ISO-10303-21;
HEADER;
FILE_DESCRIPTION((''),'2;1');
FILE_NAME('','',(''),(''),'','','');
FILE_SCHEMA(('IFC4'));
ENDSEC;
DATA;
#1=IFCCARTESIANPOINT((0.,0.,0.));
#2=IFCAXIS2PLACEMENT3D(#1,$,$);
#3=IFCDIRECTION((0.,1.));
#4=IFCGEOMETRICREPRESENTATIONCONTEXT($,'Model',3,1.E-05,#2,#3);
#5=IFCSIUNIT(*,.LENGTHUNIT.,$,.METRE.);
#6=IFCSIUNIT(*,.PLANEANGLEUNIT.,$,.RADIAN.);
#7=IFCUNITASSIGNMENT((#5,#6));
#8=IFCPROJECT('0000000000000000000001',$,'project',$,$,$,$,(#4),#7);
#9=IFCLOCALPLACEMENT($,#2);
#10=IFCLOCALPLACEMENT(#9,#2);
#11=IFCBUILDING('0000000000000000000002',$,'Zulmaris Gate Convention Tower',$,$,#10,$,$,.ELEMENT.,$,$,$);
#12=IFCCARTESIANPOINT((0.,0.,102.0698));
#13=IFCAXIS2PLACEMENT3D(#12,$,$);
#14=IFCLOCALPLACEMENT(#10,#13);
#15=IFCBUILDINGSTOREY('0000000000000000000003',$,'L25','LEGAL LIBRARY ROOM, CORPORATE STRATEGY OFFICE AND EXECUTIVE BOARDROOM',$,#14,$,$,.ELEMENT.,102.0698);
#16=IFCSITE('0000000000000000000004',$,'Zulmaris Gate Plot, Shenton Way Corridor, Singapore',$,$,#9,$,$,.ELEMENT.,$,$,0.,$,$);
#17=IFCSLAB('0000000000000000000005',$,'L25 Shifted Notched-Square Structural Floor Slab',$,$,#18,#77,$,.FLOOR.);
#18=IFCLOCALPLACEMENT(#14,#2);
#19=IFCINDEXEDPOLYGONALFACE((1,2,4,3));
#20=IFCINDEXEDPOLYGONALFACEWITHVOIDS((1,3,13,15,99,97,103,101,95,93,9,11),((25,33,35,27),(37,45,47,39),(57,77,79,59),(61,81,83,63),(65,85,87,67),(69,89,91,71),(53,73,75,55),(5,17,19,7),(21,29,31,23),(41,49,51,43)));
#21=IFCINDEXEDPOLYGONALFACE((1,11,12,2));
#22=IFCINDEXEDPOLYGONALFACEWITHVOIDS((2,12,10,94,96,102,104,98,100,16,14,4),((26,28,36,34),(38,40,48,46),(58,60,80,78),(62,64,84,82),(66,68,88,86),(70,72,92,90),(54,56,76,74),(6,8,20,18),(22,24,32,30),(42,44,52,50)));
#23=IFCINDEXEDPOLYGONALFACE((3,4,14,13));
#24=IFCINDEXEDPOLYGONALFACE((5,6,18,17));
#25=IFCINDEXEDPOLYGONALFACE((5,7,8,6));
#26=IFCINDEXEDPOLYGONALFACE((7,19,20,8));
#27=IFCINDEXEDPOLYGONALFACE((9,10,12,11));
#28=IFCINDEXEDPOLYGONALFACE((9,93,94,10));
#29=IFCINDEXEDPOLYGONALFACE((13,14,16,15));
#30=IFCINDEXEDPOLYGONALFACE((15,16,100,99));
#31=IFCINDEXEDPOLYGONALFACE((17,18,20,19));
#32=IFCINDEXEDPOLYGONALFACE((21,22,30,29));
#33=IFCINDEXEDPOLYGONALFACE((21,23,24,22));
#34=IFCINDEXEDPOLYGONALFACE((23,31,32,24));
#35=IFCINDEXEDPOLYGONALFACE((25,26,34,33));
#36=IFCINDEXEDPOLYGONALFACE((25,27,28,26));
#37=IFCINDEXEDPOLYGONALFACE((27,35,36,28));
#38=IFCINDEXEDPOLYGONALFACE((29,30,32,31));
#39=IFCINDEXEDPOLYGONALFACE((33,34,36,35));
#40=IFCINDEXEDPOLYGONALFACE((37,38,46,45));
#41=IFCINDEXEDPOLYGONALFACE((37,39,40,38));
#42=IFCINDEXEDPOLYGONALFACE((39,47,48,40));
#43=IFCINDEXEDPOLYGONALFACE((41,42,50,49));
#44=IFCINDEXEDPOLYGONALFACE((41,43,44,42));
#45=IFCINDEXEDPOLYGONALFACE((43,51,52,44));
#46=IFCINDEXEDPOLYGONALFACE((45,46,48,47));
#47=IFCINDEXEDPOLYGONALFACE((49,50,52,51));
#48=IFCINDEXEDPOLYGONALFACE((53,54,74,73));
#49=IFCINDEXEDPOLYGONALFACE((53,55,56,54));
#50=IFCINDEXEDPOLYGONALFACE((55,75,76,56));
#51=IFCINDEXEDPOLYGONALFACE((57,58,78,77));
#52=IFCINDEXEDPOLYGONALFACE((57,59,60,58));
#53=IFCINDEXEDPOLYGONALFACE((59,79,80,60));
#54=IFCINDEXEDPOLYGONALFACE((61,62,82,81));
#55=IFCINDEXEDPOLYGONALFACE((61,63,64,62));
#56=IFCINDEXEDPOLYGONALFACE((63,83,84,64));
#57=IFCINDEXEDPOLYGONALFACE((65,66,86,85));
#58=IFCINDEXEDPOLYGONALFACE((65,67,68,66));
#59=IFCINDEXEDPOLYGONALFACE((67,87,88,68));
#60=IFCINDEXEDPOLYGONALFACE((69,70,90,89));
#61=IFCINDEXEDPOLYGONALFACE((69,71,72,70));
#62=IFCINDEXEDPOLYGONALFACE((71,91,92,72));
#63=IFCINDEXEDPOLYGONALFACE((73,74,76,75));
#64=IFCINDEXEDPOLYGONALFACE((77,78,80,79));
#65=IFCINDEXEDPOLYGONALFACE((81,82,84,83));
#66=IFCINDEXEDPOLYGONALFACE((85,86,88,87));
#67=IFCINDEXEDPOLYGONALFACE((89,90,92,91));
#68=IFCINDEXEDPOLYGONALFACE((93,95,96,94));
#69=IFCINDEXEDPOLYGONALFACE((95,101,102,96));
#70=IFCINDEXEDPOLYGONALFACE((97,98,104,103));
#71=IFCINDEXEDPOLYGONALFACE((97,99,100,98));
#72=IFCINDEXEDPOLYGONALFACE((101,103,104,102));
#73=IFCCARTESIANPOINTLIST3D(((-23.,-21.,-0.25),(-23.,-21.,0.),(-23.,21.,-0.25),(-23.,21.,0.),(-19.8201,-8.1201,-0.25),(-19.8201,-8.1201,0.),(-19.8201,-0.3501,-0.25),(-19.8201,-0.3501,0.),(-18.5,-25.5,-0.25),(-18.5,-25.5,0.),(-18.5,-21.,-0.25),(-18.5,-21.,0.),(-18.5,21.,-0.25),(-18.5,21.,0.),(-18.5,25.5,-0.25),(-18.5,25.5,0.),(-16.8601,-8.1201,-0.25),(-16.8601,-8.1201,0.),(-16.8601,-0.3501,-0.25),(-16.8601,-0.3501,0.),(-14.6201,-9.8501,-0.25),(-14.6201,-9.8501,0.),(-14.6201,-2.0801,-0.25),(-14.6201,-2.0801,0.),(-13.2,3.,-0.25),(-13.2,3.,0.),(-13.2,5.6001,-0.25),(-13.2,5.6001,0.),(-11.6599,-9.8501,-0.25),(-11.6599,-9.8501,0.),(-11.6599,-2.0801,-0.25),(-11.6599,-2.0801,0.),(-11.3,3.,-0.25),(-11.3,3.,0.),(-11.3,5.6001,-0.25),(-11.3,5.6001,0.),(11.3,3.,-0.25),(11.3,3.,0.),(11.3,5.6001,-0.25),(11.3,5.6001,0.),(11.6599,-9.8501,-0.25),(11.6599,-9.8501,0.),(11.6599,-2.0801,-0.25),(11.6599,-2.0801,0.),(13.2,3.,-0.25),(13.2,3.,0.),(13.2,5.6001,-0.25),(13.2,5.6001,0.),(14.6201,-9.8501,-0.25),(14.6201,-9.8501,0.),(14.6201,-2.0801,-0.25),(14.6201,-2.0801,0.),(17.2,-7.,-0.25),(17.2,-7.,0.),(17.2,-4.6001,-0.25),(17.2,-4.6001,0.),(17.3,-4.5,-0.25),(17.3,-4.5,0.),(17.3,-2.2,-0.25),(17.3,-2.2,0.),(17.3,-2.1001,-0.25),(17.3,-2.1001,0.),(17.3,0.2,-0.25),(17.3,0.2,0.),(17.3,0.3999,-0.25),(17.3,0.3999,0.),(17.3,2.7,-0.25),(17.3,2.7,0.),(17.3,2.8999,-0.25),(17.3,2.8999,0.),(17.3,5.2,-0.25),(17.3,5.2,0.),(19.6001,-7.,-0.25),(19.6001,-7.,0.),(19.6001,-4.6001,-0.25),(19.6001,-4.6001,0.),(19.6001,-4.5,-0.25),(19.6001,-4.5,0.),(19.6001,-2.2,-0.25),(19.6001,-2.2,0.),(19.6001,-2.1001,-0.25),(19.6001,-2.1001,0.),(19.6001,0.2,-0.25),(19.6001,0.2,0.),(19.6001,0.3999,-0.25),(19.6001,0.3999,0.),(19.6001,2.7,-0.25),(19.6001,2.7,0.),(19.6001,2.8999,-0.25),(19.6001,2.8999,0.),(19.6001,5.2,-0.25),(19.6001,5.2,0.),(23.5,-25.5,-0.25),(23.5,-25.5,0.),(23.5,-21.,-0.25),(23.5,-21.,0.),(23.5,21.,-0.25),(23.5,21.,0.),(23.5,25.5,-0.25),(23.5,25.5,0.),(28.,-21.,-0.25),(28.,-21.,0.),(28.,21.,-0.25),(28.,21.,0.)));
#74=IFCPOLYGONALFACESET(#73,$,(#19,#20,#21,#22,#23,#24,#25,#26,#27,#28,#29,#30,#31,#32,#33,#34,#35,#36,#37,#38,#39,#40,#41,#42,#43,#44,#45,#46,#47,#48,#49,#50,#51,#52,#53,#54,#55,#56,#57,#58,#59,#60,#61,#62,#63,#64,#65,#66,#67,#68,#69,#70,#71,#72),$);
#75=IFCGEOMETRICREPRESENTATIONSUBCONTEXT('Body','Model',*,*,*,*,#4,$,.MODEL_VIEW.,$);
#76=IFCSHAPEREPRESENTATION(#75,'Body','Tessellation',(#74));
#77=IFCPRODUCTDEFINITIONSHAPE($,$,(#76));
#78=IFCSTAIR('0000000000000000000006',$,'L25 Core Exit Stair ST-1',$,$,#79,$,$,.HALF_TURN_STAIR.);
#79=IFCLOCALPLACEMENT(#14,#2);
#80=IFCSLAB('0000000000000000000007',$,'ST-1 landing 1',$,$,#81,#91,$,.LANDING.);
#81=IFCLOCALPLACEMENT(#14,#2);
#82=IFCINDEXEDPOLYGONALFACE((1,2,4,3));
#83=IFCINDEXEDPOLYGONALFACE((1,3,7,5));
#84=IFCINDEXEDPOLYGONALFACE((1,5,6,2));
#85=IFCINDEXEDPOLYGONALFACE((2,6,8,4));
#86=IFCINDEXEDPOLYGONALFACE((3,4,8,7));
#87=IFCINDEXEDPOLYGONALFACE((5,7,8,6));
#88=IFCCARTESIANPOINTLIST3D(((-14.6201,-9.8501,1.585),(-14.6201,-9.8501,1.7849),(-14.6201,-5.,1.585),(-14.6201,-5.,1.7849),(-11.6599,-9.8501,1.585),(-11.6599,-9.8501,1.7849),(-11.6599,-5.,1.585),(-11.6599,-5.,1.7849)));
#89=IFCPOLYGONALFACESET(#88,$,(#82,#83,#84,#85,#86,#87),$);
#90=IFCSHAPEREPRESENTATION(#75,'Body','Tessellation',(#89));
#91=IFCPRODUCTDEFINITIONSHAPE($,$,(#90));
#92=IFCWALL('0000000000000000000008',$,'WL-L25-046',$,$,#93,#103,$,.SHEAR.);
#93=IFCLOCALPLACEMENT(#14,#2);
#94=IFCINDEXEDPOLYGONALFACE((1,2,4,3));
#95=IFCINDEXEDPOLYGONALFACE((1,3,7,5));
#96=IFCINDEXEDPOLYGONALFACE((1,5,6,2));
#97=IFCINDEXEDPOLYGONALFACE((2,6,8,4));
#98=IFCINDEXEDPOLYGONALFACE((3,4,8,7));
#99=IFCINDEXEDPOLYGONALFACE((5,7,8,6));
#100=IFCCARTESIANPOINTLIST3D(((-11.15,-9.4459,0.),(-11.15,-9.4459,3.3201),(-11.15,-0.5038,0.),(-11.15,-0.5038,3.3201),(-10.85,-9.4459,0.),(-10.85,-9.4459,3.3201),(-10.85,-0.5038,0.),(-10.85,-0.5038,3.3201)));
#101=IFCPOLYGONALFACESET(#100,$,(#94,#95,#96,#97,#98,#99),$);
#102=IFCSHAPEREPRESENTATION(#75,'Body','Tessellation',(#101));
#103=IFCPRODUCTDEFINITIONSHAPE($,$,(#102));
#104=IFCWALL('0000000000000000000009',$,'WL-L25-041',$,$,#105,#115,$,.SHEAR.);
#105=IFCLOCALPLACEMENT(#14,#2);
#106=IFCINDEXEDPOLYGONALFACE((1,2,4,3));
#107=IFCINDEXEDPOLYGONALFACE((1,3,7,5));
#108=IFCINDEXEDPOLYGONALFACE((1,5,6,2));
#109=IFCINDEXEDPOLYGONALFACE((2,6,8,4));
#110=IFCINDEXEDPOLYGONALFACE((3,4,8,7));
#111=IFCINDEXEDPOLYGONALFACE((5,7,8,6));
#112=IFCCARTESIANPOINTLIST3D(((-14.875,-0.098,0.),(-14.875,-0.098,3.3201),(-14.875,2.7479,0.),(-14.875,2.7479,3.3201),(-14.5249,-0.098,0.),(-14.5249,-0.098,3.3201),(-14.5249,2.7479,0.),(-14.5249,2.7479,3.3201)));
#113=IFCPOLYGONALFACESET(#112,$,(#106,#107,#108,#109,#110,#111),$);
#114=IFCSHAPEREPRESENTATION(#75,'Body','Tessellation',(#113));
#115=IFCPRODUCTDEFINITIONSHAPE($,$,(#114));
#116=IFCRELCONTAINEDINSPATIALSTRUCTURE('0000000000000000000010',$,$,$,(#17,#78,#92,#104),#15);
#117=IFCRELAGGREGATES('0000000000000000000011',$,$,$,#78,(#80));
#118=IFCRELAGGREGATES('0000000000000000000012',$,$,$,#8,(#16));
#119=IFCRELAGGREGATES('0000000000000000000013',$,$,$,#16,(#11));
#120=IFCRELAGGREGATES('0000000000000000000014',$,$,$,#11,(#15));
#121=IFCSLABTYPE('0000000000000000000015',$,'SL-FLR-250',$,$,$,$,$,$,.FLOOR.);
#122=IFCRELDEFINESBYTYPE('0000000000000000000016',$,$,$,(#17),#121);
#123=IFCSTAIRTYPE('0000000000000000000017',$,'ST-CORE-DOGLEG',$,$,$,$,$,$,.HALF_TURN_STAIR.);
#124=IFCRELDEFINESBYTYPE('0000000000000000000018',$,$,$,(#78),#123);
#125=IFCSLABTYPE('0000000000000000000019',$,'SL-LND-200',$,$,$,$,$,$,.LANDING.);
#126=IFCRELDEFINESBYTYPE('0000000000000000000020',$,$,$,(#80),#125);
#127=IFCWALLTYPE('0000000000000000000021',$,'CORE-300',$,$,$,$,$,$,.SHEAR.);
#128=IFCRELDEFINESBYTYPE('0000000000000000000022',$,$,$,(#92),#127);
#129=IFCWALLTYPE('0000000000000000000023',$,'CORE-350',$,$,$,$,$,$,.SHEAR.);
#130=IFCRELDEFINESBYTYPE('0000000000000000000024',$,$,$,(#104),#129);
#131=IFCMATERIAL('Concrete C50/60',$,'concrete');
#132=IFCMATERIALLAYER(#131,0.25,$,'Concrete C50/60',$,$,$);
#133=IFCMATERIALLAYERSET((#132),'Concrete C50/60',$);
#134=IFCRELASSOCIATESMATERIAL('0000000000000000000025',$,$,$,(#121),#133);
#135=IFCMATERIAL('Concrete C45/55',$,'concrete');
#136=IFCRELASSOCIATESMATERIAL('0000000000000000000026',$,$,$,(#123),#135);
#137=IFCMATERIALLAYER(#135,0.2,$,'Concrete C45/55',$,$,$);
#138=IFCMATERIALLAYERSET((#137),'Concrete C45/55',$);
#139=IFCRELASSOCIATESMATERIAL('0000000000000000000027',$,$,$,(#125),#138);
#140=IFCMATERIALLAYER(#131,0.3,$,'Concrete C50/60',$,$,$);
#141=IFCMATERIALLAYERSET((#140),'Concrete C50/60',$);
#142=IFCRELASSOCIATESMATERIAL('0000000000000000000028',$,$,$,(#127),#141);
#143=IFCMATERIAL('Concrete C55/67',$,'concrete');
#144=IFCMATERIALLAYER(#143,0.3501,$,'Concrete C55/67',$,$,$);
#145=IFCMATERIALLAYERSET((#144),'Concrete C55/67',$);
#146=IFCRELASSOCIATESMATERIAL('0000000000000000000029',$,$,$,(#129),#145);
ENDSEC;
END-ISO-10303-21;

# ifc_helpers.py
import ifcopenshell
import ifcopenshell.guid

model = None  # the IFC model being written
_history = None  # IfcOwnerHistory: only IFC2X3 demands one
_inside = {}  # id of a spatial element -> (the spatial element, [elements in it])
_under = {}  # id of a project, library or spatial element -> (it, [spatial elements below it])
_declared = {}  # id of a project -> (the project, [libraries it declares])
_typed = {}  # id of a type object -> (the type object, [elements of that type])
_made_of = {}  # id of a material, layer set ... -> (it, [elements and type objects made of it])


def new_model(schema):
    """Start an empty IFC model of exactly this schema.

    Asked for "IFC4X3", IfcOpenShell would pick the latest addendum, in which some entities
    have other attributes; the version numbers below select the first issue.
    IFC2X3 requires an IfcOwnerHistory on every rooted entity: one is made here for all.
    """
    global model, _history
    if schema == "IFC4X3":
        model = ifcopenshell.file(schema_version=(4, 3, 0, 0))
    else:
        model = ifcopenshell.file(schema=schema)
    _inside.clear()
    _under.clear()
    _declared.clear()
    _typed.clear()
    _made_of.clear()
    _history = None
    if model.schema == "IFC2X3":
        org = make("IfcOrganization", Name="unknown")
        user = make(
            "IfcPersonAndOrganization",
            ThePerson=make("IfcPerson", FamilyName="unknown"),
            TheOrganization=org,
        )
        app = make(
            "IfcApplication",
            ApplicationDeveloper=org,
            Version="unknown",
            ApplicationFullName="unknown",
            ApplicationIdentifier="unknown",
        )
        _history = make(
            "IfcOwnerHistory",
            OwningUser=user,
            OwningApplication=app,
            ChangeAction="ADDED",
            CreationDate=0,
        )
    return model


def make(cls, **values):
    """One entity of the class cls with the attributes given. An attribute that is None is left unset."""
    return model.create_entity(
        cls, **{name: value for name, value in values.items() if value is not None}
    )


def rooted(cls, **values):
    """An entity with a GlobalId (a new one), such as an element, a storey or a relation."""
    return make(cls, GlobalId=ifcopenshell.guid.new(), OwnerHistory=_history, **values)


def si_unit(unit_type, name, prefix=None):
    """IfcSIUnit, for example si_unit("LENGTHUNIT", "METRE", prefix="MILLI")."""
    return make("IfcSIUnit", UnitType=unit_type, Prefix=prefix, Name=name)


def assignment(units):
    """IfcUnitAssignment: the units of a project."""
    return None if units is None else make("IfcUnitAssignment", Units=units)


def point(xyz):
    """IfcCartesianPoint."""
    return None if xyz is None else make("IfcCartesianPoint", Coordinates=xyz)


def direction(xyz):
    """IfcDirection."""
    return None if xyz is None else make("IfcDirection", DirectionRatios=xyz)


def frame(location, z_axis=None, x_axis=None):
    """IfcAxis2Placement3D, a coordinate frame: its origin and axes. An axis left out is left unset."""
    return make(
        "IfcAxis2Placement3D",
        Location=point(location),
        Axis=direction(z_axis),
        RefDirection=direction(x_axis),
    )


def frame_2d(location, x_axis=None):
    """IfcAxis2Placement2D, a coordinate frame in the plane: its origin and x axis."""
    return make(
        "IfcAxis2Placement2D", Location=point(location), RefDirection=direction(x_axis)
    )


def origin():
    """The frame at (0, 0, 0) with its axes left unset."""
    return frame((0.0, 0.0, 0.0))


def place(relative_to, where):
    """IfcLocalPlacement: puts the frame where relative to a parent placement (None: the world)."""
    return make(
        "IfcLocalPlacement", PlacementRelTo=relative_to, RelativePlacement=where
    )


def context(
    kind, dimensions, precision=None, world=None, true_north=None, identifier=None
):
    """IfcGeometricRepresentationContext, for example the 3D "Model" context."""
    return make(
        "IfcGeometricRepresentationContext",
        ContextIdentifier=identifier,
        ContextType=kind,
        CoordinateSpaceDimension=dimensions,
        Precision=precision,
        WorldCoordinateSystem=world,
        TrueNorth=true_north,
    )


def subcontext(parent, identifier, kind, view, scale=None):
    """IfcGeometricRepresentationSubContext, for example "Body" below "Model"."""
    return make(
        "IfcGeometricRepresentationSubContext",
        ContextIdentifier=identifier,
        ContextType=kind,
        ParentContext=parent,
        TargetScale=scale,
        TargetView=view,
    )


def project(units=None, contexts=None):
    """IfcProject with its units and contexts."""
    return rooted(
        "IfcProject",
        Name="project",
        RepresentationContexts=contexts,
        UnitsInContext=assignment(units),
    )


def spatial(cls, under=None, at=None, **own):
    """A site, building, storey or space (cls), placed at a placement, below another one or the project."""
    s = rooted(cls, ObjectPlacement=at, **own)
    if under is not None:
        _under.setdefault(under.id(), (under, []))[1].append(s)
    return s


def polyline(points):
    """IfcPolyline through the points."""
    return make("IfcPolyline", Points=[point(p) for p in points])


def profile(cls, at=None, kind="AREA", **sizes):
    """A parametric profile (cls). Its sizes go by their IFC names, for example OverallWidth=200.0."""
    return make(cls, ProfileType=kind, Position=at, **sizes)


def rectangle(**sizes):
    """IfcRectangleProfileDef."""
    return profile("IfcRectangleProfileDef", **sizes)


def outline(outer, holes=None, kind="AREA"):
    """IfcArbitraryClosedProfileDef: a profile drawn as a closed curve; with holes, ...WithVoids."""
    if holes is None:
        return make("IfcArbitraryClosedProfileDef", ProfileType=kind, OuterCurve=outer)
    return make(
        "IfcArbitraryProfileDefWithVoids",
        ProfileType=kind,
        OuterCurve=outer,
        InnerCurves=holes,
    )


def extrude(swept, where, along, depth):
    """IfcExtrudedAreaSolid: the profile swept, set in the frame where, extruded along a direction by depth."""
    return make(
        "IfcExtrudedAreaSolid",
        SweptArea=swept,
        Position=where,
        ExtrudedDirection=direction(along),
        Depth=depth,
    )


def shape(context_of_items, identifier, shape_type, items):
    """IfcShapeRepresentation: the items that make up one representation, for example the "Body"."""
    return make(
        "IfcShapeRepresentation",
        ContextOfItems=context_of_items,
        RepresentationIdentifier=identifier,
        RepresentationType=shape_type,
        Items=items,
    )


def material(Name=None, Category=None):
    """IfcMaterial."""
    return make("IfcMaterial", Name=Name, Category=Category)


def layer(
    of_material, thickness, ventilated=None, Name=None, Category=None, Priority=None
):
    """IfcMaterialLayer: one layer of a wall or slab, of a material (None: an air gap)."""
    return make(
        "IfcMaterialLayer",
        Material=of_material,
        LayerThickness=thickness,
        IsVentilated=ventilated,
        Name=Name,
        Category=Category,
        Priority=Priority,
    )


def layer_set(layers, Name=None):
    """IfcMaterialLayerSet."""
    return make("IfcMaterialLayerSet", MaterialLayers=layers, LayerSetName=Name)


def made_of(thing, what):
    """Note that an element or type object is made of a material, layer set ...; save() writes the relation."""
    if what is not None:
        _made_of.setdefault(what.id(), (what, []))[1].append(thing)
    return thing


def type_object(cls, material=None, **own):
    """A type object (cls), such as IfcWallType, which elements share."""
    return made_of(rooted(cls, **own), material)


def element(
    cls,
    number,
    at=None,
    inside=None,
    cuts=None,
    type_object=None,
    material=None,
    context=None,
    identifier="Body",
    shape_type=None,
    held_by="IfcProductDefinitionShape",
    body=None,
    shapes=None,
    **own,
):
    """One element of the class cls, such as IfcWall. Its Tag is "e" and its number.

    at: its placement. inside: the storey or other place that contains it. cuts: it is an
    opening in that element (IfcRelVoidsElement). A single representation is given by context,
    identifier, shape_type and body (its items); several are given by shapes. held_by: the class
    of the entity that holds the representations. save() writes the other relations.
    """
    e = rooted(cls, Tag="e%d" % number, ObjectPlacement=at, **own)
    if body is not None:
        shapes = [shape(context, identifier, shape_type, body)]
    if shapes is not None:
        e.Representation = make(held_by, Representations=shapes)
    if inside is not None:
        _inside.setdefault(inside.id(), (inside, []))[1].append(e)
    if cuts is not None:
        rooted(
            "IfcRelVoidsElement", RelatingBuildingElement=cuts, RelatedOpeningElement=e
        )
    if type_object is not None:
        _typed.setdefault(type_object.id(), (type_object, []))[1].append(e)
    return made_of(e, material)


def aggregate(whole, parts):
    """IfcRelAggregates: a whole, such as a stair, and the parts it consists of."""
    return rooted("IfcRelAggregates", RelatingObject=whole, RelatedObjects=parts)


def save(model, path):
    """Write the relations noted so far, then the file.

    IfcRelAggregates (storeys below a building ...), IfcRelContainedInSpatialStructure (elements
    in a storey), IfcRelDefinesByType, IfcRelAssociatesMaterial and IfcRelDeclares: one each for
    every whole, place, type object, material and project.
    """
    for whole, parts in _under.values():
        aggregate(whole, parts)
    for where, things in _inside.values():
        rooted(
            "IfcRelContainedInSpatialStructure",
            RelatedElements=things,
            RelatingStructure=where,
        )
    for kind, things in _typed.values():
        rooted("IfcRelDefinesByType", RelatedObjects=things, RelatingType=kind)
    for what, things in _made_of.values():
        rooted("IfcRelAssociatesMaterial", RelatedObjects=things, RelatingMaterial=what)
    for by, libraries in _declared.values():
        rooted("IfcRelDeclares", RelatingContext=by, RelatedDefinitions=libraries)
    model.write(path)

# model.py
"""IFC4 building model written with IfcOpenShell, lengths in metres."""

from ifc_helpers import new_model, si_unit, direction, frame, frame_2d, origin, place, context, subcontext, project, spatial, polyline, rectangle, outline, extrude, material, layer, layer_set, type_object, element, aggregate, save


model = new_model("IFC4")

# Units and contexts
model_context = context("Model", 3, precision=1e-05, world=origin(), true_north=direction((0.0, 1.0)))
body_context = subcontext(model_context, "Body", "Model", "MODEL_VIEW")
ifc_project = project(units=[si_unit("LENGTHUNIT", "METRE"), si_unit("PLANEANGLEUNIT", "RADIAN")], contexts=[model_context])

# Site, building, storey
site_placement = place(None, origin())
site = spatial("IfcSite", under=ifc_project, at=site_placement, Name="Zulmaris Gate Plot, Shenton Way Corridor, Singapore", CompositionType="ELEMENT", RefElevation=0.0)
building_placement = place(site_placement, origin())
building = spatial("IfcBuilding", under=site, at=building_placement, Name="Zulmaris Gate Convention Tower", CompositionType="ELEMENT")
storey_placement = place(building_placement, frame((0.0, 0.0, 102.0698)))
storey = spatial("IfcBuildingStorey", under=building, at=storey_placement, Name="L25", Description="LEGAL LIBRARY ROOM, CORPORATE STRATEGY OFFICE AND EXECUTIVE BOARDROOM", CompositionType="ELEMENT", Elevation=102.0698)

# Slab
ifc_material_1 = material(Name="Concrete C50/60", Category="concrete")
ifc_layer_1 = layer(ifc_material_1, 0.25, Name="Concrete C50/60")
ifc_layer_set_1 = layer_set([ifc_layer_1], Name="Concrete C50/60")
slab_type_1 = type_object("IfcSlabType", Name="SL-FLR-250", PredefinedType="FLOOR", material=ifc_layer_set_1)
slab_1_placement = place(storey_placement, frame((0.0, 0.0, -0.25)))
element("IfcSlab", 1, at=slab_1_placement, inside=storey, type_object=slab_type_1, Name="L25 Shifted Notched-Square Structural Floor Slab", PredefinedType="FLOOR", context=body_context, shape_type="SweptSolid", body=[
    extrude(outline(polyline([(-18.5, -25.5), (23.5, -25.5), (23.5, -21.0), (28.0, -21.0), (28.0, 21.0), (23.5, 21.0), (23.5, 25.5), (-18.5, 25.5), (-18.5, 21.0), (-23.0, 21.0), (-23.0, -21.0), (-18.5, -21.0), (-18.5, -25.5)]), holes=[polyline([(-14.6201, -2.0801), (-14.6201, -9.8501), (-11.6599, -9.8501), (-11.6599, -2.0801), (-14.6201, -2.0801)]), polyline([(11.6599, -2.0801), (11.6599, -9.8501), (14.6201, -9.8501), (14.6201, -2.0801), (11.6599, -2.0801)]), polyline([(-16.8601, -8.1201), (-16.8601, -0.3501), (-19.8201, -0.3501), (-19.8201, -8.1201), (-16.8601, -8.1201)]), polyline([(-13.2, 3.0), (-11.3, 3.0), (-11.3, 5.6001), (-13.2, 5.6001), (-13.2, 3.0)]), polyline([(11.3, 3.0), (13.2, 3.0), (13.2, 5.6001), (11.3, 5.6001), (11.3, 3.0)]), polyline([(17.2, -7.0), (19.6001, -7.0), (19.6001, -4.6001), (17.2, -4.6001), (17.2, -7.0)]), polyline([(17.3, -4.5), (19.6001, -4.5), (19.6001, -2.2), (17.3, -2.2), (17.3, -4.5)]), polyline([(17.3, -2.1001), (19.6001, -2.1001), (19.6001, 0.2), (17.3, 0.2), (17.3, -2.1001)]), polyline([(17.3, 0.3999), (19.6001, 0.3999), (19.6001, 2.7), (17.3, 2.7), (17.3, 0.3999)]), polyline([(17.3, 2.8999), (19.6001, 2.8999), (19.6001, 5.2), (17.3, 5.2), (17.3, 2.8999)])]), origin(), (0.0, 0.0, 1.0), 0.25),
])

# Stair, slab
ifc_material_2 = material(Name="Concrete C45/55", Category="concrete")
stair_type = type_object("IfcStairType", Name="ST-CORE-DOGLEG", PredefinedType="HALF_TURN_STAIR", material=ifc_material_2)
stair_1_placement = place(storey_placement, origin())
stair_1 = element("IfcStair", 2, at=stair_1_placement, inside=storey, type_object=stair_type, Name="L25 Core Exit Stair ST-1", PredefinedType="HALF_TURN_STAIR")
ifc_layer_2 = layer(ifc_material_2, 0.2, Name="Concrete C45/55")
ifc_layer_set_2 = layer_set([ifc_layer_2], Name="Concrete C45/55")
slab_type_2 = type_object("IfcSlabType", Name="SL-LND-200", PredefinedType="LANDING", material=ifc_layer_set_2)
slab_2_placement = place(storey_placement, frame((0.0, 0.0, 1.585)))
slab_2 = element("IfcSlab", 3, at=slab_2_placement, type_object=slab_type_2, Name="ST-1 landing 1", PredefinedType="LANDING", context=body_context, shape_type="SweptSolid", body=[
    extrude(outline(polyline([(-14.6201, -5.0), (-14.6201, -9.8501), (-11.6599, -9.8501), (-11.6599, -5.0), (-14.6201, -5.0)])), origin(), (0.0, 0.0, 1.0), 0.2),
])

# Walls
ifc_layer_3 = layer(ifc_material_1, 0.3, Name="Concrete C50/60")
ifc_layer_set_3 = layer_set([ifc_layer_3], Name="Concrete C50/60")
wall_type_1 = type_object("IfcWallType", Name="CORE-300", PredefinedType="SHEAR", material=ifc_layer_set_3)
wall_1_placement = place(storey_placement, frame((-11.0, -9.446, 0.0), z_axis=(0.0, 0.0, 1.0), x_axis=(0.0, 1.0, 0.0)))
element("IfcWall", 4, at=wall_1_placement, inside=storey, type_object=wall_type_1, Name="WL-L25-046", PredefinedType="SHEAR", context=body_context, shape_type="SweptSolid", body=[
    extrude(rectangle(XDim=8.9421, YDim=0.3, at=frame_2d((4.4712, 0.0))), origin(), (0.0, 0.0, 1.0), 3.3201),
])
ifc_material_3 = material(Name="Concrete C55/67", Category="concrete")
ifc_layer_4 = layer(ifc_material_3, 0.3501, Name="Concrete C55/67")
ifc_layer_set_4 = layer_set([ifc_layer_4], Name="Concrete C55/67")
wall_type_2 = type_object("IfcWallType", Name="CORE-350", PredefinedType="SHEAR", material=ifc_layer_set_4)
wall_2_placement = place(storey_placement, frame((-14.7, -0.0979, 0.0), z_axis=(0.0, 0.0, 1.0), x_axis=(0.0, 1.0, 0.0)))
element("IfcWall", 5, at=wall_2_placement, inside=storey, type_object=wall_type_2, Name="WL-L25-041", PredefinedType="SHEAR", context=body_context, shape_type="SweptSolid", body=[
    extrude(rectangle(XDim=2.8459, YDim=0.3501, at=frame_2d((1.4229, 0.0))), origin(), (0.0, 0.0, 1.0), 3.3201),
])

aggregate(stair_1, [slab_2])

save(model, "model.ifc")
